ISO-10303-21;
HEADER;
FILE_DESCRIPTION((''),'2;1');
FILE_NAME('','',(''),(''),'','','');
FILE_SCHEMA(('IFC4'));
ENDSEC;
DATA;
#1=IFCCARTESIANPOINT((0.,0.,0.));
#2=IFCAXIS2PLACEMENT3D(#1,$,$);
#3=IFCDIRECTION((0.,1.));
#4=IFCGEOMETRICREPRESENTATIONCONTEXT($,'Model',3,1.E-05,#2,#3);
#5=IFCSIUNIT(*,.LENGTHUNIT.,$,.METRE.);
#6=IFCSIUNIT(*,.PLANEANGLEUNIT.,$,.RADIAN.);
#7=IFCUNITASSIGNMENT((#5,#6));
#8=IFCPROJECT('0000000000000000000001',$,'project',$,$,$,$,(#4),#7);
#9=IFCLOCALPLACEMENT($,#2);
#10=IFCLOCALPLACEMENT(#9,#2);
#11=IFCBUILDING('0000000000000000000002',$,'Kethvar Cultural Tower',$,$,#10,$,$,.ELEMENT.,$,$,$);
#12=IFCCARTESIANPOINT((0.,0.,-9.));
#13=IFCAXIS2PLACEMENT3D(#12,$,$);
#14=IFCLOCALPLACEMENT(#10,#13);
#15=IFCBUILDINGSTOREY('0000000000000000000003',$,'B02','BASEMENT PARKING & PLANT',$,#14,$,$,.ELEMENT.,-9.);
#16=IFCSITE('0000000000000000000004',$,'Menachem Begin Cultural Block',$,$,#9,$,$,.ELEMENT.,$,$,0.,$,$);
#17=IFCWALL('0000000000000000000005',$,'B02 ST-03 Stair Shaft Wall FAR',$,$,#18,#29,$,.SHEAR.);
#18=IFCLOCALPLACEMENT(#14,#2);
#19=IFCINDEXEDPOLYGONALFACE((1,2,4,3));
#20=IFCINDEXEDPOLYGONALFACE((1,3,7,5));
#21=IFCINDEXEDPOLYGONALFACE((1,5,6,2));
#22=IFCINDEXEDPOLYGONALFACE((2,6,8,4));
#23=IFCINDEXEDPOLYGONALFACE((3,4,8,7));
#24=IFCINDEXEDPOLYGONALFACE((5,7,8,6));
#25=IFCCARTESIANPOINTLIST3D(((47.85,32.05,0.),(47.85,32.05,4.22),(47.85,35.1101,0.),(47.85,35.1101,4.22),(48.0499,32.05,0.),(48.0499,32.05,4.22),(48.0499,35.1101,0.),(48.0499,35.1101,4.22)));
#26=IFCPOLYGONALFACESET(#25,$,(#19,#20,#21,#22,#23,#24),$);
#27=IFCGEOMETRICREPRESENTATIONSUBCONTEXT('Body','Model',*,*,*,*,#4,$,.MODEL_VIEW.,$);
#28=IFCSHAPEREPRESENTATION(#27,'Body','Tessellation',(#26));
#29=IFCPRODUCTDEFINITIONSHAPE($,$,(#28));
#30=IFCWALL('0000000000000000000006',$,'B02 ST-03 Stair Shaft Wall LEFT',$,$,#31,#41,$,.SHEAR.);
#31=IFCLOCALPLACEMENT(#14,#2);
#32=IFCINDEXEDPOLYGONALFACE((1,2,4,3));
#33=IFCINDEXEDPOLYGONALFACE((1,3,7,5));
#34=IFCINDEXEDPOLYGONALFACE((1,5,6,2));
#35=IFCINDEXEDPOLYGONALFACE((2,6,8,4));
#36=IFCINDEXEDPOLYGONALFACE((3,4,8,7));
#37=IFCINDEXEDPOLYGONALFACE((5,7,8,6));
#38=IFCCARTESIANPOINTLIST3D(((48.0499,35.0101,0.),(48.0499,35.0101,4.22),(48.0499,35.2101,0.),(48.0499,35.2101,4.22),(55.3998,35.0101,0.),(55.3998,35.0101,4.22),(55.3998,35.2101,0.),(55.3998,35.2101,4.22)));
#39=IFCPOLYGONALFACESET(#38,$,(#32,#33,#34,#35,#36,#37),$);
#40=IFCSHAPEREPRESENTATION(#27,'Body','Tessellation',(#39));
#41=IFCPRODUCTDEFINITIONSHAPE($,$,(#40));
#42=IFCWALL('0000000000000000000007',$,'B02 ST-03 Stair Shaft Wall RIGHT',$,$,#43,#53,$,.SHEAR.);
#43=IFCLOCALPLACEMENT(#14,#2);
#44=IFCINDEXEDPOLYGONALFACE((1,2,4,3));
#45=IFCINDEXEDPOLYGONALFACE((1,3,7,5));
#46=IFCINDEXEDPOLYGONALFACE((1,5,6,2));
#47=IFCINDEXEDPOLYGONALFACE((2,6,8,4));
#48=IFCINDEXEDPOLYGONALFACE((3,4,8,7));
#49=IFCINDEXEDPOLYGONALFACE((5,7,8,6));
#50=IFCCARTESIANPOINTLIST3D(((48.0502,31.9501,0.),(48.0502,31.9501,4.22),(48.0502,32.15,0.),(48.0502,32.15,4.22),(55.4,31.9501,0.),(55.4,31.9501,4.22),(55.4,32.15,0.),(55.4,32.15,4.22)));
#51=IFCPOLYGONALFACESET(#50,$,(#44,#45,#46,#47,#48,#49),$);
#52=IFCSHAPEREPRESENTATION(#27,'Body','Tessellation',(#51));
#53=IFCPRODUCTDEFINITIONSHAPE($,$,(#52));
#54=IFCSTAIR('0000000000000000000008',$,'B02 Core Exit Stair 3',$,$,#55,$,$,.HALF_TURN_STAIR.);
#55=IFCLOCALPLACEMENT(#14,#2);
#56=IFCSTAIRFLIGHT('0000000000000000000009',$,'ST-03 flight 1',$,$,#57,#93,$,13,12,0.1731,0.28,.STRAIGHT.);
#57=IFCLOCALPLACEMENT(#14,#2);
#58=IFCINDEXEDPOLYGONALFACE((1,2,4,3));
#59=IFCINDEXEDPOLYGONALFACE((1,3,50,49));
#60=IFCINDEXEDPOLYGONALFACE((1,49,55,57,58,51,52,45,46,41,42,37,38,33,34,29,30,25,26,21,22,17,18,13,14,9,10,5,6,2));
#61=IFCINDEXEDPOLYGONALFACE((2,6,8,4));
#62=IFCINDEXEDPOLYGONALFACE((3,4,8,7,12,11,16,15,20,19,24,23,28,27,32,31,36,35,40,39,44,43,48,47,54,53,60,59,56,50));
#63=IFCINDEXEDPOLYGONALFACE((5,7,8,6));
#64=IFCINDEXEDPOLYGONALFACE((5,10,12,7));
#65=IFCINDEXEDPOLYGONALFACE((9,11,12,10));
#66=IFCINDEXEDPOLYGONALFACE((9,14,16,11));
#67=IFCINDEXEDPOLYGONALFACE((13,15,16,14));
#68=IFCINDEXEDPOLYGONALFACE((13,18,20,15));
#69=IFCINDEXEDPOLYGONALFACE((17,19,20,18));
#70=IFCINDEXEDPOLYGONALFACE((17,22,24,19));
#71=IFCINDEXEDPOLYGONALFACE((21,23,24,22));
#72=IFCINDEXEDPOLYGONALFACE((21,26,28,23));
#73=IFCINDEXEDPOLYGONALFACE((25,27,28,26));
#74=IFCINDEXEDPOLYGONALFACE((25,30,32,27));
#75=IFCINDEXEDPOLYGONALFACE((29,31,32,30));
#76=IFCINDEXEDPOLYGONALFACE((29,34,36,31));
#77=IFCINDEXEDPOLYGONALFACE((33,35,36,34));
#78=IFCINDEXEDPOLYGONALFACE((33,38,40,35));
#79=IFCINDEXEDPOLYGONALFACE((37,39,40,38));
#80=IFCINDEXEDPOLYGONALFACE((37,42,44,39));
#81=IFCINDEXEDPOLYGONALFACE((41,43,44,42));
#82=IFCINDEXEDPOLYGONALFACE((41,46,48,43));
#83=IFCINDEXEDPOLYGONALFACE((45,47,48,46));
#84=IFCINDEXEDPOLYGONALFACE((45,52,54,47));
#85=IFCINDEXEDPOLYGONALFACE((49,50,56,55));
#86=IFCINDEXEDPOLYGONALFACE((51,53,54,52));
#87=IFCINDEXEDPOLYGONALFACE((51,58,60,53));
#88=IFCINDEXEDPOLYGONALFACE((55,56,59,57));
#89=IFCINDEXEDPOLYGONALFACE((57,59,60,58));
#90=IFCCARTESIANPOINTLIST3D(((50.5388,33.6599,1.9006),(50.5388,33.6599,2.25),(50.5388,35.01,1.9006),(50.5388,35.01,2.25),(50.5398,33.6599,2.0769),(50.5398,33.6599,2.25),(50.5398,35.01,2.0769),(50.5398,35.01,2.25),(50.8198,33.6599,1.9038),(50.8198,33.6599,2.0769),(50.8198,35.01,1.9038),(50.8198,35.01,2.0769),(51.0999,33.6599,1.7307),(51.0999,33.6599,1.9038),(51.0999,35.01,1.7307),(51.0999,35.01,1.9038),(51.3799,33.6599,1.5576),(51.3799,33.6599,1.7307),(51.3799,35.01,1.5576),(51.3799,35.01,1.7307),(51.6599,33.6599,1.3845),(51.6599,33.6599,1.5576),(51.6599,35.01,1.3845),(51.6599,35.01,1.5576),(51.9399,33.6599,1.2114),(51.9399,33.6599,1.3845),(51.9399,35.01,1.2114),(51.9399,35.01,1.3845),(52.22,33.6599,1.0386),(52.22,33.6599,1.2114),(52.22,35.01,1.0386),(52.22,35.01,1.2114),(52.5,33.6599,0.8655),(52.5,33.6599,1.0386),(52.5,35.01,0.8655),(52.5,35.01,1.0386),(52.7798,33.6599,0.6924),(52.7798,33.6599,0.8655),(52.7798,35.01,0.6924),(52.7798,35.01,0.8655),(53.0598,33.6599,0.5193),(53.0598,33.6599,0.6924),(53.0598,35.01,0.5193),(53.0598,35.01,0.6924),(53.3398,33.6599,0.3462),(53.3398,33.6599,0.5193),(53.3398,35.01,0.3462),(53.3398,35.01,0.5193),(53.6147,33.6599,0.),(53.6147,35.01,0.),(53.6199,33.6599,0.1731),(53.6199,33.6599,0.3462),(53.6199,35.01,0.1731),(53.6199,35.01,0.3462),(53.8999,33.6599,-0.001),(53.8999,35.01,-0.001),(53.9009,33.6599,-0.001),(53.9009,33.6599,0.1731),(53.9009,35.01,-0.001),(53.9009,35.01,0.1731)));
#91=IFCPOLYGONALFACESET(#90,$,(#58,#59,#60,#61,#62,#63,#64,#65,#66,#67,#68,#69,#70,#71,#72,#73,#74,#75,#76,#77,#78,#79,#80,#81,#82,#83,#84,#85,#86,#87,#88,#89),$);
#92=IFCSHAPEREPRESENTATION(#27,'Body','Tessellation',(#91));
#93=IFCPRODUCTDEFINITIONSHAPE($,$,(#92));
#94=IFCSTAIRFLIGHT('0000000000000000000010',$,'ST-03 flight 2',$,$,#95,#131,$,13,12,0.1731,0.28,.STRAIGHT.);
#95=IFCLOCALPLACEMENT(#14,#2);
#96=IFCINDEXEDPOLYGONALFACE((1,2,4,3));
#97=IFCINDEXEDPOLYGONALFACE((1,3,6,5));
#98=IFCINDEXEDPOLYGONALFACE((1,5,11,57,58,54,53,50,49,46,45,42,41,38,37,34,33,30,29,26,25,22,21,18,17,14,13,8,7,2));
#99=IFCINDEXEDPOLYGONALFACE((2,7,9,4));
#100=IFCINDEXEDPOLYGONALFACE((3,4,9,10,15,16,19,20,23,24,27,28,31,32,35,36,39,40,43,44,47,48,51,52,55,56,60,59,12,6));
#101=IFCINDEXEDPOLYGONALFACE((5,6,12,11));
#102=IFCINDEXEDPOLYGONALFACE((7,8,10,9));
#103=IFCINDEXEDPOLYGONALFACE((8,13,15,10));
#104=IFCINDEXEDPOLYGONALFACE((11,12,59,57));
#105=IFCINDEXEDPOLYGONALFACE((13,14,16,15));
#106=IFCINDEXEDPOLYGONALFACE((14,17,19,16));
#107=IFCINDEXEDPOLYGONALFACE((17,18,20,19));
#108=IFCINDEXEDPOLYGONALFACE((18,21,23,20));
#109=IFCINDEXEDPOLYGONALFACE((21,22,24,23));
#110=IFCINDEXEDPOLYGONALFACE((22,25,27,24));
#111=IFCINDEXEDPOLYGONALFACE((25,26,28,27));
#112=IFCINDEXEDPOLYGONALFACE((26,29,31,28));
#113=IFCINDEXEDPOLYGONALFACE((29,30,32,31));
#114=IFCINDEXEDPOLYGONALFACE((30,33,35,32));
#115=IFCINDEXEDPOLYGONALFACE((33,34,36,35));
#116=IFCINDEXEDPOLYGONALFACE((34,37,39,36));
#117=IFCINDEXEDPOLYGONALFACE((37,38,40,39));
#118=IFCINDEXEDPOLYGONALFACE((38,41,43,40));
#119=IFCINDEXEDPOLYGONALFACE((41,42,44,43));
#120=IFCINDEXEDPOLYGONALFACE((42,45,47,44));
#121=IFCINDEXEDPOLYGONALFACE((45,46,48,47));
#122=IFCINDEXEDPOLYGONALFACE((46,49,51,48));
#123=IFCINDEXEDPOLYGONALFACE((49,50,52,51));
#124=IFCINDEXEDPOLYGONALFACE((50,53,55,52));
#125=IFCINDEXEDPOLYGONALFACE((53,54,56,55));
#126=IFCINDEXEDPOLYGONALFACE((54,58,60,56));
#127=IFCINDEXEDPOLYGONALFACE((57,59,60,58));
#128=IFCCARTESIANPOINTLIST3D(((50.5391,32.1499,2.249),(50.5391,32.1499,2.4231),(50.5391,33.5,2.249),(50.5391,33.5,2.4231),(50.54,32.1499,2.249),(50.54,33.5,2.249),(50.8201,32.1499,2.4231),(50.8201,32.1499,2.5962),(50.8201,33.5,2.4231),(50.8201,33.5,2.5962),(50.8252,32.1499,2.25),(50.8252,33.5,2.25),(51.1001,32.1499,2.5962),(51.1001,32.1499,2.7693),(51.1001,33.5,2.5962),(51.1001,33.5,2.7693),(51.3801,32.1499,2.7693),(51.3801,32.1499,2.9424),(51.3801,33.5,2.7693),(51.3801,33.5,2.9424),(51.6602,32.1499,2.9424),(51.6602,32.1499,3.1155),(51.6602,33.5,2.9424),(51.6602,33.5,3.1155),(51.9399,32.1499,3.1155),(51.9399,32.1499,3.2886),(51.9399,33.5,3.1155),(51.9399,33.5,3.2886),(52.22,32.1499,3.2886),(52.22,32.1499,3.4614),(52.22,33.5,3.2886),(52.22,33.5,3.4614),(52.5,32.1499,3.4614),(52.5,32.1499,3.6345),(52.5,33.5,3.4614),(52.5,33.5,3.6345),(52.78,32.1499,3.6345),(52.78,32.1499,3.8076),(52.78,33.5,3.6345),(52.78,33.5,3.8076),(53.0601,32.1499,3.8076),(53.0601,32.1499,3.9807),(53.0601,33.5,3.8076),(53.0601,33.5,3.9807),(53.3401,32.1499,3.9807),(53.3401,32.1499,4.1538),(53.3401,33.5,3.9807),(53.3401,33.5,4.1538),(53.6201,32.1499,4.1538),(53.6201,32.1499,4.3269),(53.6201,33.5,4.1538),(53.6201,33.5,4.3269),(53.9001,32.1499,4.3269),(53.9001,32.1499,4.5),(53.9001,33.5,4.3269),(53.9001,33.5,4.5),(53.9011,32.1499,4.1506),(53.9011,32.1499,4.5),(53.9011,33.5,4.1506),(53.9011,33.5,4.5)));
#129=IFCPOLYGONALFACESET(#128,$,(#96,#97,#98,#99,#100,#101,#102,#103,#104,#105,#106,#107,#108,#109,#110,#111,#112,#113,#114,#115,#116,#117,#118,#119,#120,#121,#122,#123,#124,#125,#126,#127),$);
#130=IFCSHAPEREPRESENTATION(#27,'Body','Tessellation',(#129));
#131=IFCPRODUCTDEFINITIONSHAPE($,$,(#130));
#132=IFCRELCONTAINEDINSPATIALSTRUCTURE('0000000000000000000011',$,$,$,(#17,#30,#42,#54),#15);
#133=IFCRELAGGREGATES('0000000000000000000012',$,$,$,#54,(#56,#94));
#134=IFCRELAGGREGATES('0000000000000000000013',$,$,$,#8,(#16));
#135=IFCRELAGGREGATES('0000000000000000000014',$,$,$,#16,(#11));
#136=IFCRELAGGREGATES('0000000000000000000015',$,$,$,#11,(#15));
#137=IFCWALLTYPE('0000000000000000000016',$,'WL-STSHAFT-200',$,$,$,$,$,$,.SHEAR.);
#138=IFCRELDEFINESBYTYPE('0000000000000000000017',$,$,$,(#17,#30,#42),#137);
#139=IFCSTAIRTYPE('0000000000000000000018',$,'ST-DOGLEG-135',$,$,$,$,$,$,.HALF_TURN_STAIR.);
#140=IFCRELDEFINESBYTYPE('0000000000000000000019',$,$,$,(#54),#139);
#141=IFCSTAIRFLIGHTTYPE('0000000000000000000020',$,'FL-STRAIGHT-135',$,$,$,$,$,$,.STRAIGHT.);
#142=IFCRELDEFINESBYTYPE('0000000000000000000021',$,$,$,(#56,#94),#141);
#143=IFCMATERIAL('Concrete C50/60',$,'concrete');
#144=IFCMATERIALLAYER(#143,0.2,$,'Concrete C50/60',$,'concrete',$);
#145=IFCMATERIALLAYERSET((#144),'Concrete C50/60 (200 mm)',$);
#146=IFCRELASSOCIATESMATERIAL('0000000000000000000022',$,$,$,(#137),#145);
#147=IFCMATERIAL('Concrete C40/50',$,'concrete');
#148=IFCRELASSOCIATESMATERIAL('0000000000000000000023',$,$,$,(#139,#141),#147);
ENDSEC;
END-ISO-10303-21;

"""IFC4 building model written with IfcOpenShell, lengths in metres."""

from ifc_helpers import new_model, si_unit, direction, frame, frame_2d, origin, place, context, subcontext, project, spatial, polyline, rectangle, outline, extrude, material, layer, layer_set, type_object, element, aggregate, save


model = new_model("IFC4")

# Units and contexts
model_context = context("Model", 3, precision=1e-05, world=origin(), true_north=direction((0.0, 1.0)))
body_context = subcontext(model_context, "Body", "Model", "MODEL_VIEW")
ifc_project = project(units=[si_unit("LENGTHUNIT", "METRE"), si_unit("PLANEANGLEUNIT", "RADIAN")], contexts=[model_context])

# Site, building, storey
site_placement = place(None, origin())
site = spatial("IfcSite", under=ifc_project, at=site_placement, Name="Menachem Begin Cultural Block", CompositionType="ELEMENT", RefElevation=0.0)
building_placement = place(site_placement, origin())
building = spatial("IfcBuilding", under=site, at=building_placement, Name="Kethvar Cultural Tower", CompositionType="ELEMENT")
storey_placement = place(building_placement, frame((0.0, 0.0, -9.0)))
storey = spatial("IfcBuildingStorey", under=building, at=storey_placement, Name="B02", Description="BASEMENT PARKING & PLANT", CompositionType="ELEMENT", Elevation=-9.0)

# Walls
ifc_material_1 = material(Name="Concrete C40/50", Category="concrete")
ifc_material_2 = material(Name="Concrete C50/60", Category="concrete")
ifc_layer_1 = layer(ifc_material_2, 0.2, Name="Concrete C50/60", Category="concrete")
ifc_layer_set_1 = layer_set([ifc_layer_1], Name="Concrete C50/60 (200 mm)")
wall_type_1 = type_object("IfcWallType", Name="WL-STSHAFT-200", PredefinedType="SHEAR", material=ifc_layer_set_1)
wall_1_placement = place(storey_placement, frame((47.95, 32.05, 0.0), z_axis=(0.0, 0.0, 1.0), x_axis=(0.0, 1.0, 0.0)))
element("IfcWall", 1, at=wall_1_placement, inside=storey, type_object=wall_type_1, Name="B02 ST-03 Stair Shaft Wall FAR", PredefinedType="SHEAR", context=body_context, shape_type="SweptSolid", body=[
    extrude(rectangle(XDim=3.0601, YDim=0.2, at=frame_2d((1.53, 0.0))), origin(), (0.0, 0.0, 1.0), 4.22),
])
for number, where, z_axis, x_axis, name in (
    (2, (48.05, 35.1101, 0.0), (0.0, 0.0, 1.0), (1.0, 0.0, 0.0), "B02 ST-03 Stair Shaft Wall LEFT"),
    (3, (55.3999, 32.05, 0.0), (0.0, 0.0, 1.0), (-1.0, 0.0, 0.0), "B02 ST-03 Stair Shaft Wall RIGHT"),
):
    element("IfcWall", number, at=place(storey_placement, frame(where, z_axis=z_axis, x_axis=x_axis)), inside=storey, type_object=wall_type_1, Name=name, PredefinedType="SHEAR", context=body_context, shape_type="SweptSolid", body=[
        extrude(rectangle(XDim=7.3499, YDim=0.2, at=frame_2d((3.6748, 0.0))), origin(), (0.0, 0.0, 1.0), 4.22),
    ])

# Stair, stair flights
stair_type = type_object("IfcStairType", Name="ST-DOGLEG-135", PredefinedType="HALF_TURN_STAIR", material=ifc_material_1)
stair_placement = place(storey_placement, origin())
stair = element("IfcStair", 4, at=stair_placement, inside=storey, type_object=stair_type, Name="B02 Core Exit Stair 3", PredefinedType="HALF_TURN_STAIR")
stair_flight_type = type_object("IfcStairFlightType", Name="FL-STRAIGHT-135", PredefinedType="STRAIGHT", material=ifc_material_1)
stair_flight_1_placement = place(storey_placement, frame((53.8999, 34.335, 0.0), z_axis=(0.0, 0.0, 1.0), x_axis=(-1.0, 0.0, 0.0)))
stair_flight_1 = element("IfcStairFlight", 5, at=stair_flight_1_placement, type_object=stair_flight_type, Name="ST-03 flight 1", NumberOfRisers=13, NumberOfTreads=12, PredefinedType="STRAIGHT", RiserHeight=0.1731, TreadLength=0.28, context=body_context, shape_type="SweptSolid", body=[
    extrude(outline(polyline([(-0.001, -0.001), (-0.001, 0.1731), (0.28, 0.1731), (0.28, 0.3462), (0.5601, 0.3462), (0.5601, 0.5193), (0.8401, 0.5193), (0.8401, 0.6924), (1.1201, 0.6924), (1.1201, 0.8655), (1.3999, 0.8655), (1.3999, 1.0386), (1.6799, 1.0386), (1.6799, 1.2114), (1.96, 1.2114), (1.96, 1.3845), (2.24, 1.3845), (2.24, 1.5576), (2.52, 1.5576), (2.52, 1.7307), (2.8, 1.7307), (2.8, 1.9038), (3.0801, 1.9038), (3.0801, 2.0769), (3.3601, 2.0769), (3.3601, 2.25), (3.3611, 2.25), (3.3611, 1.9006), (0.2852, 0.0), (0.0, -0.001), (-0.001, -0.001)])), frame((0.0, 0.675, 0.0), z_axis=(0.0, -1.0, 0.0), x_axis=(1.0, 0.0, 0.0)), (0.0, 0.0, 1.0), 1.3501),
])
stair_flight_2_placement = place(storey_placement, frame((50.54, 32.825, 2.25), z_axis=(0.0, 0.0, 1.0), x_axis=(1.0, 0.0, 0.0)))
stair_flight_2 = element("IfcStairFlight", 6, at=stair_flight_2_placement, type_object=stair_flight_type, Name="ST-03 flight 2", NumberOfRisers=13, NumberOfTreads=12, PredefinedType="STRAIGHT", RiserHeight=0.1731, TreadLength=0.28, context=body_context, shape_type="SweptSolid", body=[
    extrude(outline(polyline([(-0.001, -0.001), (-0.001, 0.1731), (0.28, 0.1731), (0.28, 0.3462), (0.5601, 0.3462), (0.5601, 0.5193), (0.8401, 0.5193), (0.8401, 0.6924), (1.1201, 0.6924), (1.1201, 0.8655), (1.3999, 0.8655), (1.3999, 1.0386), (1.6799, 1.0386), (1.6799, 1.2114), (1.96, 1.2114), (1.96, 1.3845), (2.24, 1.3845), (2.24, 1.5576), (2.52, 1.5576), (2.52, 1.7307), (2.8, 1.7307), (2.8, 1.9038), (3.0801, 1.9038), (3.0801, 2.0769), (3.3601, 2.0769), (3.3601, 2.25), (3.3611, 2.25), (3.3611, 1.9006), (0.2852, 0.0), (0.0, -0.001), (-0.001, -0.001)])), frame((0.0, 0.675, 0.0), z_axis=(0.0, -1.0, 0.0), x_axis=(1.0, 0.0, 0.0)), (0.0, 0.0, 1.0), 1.3501),
])
aggregate(stair, [stair_flight_1, stair_flight_2])

save(model, "model.ifc")
